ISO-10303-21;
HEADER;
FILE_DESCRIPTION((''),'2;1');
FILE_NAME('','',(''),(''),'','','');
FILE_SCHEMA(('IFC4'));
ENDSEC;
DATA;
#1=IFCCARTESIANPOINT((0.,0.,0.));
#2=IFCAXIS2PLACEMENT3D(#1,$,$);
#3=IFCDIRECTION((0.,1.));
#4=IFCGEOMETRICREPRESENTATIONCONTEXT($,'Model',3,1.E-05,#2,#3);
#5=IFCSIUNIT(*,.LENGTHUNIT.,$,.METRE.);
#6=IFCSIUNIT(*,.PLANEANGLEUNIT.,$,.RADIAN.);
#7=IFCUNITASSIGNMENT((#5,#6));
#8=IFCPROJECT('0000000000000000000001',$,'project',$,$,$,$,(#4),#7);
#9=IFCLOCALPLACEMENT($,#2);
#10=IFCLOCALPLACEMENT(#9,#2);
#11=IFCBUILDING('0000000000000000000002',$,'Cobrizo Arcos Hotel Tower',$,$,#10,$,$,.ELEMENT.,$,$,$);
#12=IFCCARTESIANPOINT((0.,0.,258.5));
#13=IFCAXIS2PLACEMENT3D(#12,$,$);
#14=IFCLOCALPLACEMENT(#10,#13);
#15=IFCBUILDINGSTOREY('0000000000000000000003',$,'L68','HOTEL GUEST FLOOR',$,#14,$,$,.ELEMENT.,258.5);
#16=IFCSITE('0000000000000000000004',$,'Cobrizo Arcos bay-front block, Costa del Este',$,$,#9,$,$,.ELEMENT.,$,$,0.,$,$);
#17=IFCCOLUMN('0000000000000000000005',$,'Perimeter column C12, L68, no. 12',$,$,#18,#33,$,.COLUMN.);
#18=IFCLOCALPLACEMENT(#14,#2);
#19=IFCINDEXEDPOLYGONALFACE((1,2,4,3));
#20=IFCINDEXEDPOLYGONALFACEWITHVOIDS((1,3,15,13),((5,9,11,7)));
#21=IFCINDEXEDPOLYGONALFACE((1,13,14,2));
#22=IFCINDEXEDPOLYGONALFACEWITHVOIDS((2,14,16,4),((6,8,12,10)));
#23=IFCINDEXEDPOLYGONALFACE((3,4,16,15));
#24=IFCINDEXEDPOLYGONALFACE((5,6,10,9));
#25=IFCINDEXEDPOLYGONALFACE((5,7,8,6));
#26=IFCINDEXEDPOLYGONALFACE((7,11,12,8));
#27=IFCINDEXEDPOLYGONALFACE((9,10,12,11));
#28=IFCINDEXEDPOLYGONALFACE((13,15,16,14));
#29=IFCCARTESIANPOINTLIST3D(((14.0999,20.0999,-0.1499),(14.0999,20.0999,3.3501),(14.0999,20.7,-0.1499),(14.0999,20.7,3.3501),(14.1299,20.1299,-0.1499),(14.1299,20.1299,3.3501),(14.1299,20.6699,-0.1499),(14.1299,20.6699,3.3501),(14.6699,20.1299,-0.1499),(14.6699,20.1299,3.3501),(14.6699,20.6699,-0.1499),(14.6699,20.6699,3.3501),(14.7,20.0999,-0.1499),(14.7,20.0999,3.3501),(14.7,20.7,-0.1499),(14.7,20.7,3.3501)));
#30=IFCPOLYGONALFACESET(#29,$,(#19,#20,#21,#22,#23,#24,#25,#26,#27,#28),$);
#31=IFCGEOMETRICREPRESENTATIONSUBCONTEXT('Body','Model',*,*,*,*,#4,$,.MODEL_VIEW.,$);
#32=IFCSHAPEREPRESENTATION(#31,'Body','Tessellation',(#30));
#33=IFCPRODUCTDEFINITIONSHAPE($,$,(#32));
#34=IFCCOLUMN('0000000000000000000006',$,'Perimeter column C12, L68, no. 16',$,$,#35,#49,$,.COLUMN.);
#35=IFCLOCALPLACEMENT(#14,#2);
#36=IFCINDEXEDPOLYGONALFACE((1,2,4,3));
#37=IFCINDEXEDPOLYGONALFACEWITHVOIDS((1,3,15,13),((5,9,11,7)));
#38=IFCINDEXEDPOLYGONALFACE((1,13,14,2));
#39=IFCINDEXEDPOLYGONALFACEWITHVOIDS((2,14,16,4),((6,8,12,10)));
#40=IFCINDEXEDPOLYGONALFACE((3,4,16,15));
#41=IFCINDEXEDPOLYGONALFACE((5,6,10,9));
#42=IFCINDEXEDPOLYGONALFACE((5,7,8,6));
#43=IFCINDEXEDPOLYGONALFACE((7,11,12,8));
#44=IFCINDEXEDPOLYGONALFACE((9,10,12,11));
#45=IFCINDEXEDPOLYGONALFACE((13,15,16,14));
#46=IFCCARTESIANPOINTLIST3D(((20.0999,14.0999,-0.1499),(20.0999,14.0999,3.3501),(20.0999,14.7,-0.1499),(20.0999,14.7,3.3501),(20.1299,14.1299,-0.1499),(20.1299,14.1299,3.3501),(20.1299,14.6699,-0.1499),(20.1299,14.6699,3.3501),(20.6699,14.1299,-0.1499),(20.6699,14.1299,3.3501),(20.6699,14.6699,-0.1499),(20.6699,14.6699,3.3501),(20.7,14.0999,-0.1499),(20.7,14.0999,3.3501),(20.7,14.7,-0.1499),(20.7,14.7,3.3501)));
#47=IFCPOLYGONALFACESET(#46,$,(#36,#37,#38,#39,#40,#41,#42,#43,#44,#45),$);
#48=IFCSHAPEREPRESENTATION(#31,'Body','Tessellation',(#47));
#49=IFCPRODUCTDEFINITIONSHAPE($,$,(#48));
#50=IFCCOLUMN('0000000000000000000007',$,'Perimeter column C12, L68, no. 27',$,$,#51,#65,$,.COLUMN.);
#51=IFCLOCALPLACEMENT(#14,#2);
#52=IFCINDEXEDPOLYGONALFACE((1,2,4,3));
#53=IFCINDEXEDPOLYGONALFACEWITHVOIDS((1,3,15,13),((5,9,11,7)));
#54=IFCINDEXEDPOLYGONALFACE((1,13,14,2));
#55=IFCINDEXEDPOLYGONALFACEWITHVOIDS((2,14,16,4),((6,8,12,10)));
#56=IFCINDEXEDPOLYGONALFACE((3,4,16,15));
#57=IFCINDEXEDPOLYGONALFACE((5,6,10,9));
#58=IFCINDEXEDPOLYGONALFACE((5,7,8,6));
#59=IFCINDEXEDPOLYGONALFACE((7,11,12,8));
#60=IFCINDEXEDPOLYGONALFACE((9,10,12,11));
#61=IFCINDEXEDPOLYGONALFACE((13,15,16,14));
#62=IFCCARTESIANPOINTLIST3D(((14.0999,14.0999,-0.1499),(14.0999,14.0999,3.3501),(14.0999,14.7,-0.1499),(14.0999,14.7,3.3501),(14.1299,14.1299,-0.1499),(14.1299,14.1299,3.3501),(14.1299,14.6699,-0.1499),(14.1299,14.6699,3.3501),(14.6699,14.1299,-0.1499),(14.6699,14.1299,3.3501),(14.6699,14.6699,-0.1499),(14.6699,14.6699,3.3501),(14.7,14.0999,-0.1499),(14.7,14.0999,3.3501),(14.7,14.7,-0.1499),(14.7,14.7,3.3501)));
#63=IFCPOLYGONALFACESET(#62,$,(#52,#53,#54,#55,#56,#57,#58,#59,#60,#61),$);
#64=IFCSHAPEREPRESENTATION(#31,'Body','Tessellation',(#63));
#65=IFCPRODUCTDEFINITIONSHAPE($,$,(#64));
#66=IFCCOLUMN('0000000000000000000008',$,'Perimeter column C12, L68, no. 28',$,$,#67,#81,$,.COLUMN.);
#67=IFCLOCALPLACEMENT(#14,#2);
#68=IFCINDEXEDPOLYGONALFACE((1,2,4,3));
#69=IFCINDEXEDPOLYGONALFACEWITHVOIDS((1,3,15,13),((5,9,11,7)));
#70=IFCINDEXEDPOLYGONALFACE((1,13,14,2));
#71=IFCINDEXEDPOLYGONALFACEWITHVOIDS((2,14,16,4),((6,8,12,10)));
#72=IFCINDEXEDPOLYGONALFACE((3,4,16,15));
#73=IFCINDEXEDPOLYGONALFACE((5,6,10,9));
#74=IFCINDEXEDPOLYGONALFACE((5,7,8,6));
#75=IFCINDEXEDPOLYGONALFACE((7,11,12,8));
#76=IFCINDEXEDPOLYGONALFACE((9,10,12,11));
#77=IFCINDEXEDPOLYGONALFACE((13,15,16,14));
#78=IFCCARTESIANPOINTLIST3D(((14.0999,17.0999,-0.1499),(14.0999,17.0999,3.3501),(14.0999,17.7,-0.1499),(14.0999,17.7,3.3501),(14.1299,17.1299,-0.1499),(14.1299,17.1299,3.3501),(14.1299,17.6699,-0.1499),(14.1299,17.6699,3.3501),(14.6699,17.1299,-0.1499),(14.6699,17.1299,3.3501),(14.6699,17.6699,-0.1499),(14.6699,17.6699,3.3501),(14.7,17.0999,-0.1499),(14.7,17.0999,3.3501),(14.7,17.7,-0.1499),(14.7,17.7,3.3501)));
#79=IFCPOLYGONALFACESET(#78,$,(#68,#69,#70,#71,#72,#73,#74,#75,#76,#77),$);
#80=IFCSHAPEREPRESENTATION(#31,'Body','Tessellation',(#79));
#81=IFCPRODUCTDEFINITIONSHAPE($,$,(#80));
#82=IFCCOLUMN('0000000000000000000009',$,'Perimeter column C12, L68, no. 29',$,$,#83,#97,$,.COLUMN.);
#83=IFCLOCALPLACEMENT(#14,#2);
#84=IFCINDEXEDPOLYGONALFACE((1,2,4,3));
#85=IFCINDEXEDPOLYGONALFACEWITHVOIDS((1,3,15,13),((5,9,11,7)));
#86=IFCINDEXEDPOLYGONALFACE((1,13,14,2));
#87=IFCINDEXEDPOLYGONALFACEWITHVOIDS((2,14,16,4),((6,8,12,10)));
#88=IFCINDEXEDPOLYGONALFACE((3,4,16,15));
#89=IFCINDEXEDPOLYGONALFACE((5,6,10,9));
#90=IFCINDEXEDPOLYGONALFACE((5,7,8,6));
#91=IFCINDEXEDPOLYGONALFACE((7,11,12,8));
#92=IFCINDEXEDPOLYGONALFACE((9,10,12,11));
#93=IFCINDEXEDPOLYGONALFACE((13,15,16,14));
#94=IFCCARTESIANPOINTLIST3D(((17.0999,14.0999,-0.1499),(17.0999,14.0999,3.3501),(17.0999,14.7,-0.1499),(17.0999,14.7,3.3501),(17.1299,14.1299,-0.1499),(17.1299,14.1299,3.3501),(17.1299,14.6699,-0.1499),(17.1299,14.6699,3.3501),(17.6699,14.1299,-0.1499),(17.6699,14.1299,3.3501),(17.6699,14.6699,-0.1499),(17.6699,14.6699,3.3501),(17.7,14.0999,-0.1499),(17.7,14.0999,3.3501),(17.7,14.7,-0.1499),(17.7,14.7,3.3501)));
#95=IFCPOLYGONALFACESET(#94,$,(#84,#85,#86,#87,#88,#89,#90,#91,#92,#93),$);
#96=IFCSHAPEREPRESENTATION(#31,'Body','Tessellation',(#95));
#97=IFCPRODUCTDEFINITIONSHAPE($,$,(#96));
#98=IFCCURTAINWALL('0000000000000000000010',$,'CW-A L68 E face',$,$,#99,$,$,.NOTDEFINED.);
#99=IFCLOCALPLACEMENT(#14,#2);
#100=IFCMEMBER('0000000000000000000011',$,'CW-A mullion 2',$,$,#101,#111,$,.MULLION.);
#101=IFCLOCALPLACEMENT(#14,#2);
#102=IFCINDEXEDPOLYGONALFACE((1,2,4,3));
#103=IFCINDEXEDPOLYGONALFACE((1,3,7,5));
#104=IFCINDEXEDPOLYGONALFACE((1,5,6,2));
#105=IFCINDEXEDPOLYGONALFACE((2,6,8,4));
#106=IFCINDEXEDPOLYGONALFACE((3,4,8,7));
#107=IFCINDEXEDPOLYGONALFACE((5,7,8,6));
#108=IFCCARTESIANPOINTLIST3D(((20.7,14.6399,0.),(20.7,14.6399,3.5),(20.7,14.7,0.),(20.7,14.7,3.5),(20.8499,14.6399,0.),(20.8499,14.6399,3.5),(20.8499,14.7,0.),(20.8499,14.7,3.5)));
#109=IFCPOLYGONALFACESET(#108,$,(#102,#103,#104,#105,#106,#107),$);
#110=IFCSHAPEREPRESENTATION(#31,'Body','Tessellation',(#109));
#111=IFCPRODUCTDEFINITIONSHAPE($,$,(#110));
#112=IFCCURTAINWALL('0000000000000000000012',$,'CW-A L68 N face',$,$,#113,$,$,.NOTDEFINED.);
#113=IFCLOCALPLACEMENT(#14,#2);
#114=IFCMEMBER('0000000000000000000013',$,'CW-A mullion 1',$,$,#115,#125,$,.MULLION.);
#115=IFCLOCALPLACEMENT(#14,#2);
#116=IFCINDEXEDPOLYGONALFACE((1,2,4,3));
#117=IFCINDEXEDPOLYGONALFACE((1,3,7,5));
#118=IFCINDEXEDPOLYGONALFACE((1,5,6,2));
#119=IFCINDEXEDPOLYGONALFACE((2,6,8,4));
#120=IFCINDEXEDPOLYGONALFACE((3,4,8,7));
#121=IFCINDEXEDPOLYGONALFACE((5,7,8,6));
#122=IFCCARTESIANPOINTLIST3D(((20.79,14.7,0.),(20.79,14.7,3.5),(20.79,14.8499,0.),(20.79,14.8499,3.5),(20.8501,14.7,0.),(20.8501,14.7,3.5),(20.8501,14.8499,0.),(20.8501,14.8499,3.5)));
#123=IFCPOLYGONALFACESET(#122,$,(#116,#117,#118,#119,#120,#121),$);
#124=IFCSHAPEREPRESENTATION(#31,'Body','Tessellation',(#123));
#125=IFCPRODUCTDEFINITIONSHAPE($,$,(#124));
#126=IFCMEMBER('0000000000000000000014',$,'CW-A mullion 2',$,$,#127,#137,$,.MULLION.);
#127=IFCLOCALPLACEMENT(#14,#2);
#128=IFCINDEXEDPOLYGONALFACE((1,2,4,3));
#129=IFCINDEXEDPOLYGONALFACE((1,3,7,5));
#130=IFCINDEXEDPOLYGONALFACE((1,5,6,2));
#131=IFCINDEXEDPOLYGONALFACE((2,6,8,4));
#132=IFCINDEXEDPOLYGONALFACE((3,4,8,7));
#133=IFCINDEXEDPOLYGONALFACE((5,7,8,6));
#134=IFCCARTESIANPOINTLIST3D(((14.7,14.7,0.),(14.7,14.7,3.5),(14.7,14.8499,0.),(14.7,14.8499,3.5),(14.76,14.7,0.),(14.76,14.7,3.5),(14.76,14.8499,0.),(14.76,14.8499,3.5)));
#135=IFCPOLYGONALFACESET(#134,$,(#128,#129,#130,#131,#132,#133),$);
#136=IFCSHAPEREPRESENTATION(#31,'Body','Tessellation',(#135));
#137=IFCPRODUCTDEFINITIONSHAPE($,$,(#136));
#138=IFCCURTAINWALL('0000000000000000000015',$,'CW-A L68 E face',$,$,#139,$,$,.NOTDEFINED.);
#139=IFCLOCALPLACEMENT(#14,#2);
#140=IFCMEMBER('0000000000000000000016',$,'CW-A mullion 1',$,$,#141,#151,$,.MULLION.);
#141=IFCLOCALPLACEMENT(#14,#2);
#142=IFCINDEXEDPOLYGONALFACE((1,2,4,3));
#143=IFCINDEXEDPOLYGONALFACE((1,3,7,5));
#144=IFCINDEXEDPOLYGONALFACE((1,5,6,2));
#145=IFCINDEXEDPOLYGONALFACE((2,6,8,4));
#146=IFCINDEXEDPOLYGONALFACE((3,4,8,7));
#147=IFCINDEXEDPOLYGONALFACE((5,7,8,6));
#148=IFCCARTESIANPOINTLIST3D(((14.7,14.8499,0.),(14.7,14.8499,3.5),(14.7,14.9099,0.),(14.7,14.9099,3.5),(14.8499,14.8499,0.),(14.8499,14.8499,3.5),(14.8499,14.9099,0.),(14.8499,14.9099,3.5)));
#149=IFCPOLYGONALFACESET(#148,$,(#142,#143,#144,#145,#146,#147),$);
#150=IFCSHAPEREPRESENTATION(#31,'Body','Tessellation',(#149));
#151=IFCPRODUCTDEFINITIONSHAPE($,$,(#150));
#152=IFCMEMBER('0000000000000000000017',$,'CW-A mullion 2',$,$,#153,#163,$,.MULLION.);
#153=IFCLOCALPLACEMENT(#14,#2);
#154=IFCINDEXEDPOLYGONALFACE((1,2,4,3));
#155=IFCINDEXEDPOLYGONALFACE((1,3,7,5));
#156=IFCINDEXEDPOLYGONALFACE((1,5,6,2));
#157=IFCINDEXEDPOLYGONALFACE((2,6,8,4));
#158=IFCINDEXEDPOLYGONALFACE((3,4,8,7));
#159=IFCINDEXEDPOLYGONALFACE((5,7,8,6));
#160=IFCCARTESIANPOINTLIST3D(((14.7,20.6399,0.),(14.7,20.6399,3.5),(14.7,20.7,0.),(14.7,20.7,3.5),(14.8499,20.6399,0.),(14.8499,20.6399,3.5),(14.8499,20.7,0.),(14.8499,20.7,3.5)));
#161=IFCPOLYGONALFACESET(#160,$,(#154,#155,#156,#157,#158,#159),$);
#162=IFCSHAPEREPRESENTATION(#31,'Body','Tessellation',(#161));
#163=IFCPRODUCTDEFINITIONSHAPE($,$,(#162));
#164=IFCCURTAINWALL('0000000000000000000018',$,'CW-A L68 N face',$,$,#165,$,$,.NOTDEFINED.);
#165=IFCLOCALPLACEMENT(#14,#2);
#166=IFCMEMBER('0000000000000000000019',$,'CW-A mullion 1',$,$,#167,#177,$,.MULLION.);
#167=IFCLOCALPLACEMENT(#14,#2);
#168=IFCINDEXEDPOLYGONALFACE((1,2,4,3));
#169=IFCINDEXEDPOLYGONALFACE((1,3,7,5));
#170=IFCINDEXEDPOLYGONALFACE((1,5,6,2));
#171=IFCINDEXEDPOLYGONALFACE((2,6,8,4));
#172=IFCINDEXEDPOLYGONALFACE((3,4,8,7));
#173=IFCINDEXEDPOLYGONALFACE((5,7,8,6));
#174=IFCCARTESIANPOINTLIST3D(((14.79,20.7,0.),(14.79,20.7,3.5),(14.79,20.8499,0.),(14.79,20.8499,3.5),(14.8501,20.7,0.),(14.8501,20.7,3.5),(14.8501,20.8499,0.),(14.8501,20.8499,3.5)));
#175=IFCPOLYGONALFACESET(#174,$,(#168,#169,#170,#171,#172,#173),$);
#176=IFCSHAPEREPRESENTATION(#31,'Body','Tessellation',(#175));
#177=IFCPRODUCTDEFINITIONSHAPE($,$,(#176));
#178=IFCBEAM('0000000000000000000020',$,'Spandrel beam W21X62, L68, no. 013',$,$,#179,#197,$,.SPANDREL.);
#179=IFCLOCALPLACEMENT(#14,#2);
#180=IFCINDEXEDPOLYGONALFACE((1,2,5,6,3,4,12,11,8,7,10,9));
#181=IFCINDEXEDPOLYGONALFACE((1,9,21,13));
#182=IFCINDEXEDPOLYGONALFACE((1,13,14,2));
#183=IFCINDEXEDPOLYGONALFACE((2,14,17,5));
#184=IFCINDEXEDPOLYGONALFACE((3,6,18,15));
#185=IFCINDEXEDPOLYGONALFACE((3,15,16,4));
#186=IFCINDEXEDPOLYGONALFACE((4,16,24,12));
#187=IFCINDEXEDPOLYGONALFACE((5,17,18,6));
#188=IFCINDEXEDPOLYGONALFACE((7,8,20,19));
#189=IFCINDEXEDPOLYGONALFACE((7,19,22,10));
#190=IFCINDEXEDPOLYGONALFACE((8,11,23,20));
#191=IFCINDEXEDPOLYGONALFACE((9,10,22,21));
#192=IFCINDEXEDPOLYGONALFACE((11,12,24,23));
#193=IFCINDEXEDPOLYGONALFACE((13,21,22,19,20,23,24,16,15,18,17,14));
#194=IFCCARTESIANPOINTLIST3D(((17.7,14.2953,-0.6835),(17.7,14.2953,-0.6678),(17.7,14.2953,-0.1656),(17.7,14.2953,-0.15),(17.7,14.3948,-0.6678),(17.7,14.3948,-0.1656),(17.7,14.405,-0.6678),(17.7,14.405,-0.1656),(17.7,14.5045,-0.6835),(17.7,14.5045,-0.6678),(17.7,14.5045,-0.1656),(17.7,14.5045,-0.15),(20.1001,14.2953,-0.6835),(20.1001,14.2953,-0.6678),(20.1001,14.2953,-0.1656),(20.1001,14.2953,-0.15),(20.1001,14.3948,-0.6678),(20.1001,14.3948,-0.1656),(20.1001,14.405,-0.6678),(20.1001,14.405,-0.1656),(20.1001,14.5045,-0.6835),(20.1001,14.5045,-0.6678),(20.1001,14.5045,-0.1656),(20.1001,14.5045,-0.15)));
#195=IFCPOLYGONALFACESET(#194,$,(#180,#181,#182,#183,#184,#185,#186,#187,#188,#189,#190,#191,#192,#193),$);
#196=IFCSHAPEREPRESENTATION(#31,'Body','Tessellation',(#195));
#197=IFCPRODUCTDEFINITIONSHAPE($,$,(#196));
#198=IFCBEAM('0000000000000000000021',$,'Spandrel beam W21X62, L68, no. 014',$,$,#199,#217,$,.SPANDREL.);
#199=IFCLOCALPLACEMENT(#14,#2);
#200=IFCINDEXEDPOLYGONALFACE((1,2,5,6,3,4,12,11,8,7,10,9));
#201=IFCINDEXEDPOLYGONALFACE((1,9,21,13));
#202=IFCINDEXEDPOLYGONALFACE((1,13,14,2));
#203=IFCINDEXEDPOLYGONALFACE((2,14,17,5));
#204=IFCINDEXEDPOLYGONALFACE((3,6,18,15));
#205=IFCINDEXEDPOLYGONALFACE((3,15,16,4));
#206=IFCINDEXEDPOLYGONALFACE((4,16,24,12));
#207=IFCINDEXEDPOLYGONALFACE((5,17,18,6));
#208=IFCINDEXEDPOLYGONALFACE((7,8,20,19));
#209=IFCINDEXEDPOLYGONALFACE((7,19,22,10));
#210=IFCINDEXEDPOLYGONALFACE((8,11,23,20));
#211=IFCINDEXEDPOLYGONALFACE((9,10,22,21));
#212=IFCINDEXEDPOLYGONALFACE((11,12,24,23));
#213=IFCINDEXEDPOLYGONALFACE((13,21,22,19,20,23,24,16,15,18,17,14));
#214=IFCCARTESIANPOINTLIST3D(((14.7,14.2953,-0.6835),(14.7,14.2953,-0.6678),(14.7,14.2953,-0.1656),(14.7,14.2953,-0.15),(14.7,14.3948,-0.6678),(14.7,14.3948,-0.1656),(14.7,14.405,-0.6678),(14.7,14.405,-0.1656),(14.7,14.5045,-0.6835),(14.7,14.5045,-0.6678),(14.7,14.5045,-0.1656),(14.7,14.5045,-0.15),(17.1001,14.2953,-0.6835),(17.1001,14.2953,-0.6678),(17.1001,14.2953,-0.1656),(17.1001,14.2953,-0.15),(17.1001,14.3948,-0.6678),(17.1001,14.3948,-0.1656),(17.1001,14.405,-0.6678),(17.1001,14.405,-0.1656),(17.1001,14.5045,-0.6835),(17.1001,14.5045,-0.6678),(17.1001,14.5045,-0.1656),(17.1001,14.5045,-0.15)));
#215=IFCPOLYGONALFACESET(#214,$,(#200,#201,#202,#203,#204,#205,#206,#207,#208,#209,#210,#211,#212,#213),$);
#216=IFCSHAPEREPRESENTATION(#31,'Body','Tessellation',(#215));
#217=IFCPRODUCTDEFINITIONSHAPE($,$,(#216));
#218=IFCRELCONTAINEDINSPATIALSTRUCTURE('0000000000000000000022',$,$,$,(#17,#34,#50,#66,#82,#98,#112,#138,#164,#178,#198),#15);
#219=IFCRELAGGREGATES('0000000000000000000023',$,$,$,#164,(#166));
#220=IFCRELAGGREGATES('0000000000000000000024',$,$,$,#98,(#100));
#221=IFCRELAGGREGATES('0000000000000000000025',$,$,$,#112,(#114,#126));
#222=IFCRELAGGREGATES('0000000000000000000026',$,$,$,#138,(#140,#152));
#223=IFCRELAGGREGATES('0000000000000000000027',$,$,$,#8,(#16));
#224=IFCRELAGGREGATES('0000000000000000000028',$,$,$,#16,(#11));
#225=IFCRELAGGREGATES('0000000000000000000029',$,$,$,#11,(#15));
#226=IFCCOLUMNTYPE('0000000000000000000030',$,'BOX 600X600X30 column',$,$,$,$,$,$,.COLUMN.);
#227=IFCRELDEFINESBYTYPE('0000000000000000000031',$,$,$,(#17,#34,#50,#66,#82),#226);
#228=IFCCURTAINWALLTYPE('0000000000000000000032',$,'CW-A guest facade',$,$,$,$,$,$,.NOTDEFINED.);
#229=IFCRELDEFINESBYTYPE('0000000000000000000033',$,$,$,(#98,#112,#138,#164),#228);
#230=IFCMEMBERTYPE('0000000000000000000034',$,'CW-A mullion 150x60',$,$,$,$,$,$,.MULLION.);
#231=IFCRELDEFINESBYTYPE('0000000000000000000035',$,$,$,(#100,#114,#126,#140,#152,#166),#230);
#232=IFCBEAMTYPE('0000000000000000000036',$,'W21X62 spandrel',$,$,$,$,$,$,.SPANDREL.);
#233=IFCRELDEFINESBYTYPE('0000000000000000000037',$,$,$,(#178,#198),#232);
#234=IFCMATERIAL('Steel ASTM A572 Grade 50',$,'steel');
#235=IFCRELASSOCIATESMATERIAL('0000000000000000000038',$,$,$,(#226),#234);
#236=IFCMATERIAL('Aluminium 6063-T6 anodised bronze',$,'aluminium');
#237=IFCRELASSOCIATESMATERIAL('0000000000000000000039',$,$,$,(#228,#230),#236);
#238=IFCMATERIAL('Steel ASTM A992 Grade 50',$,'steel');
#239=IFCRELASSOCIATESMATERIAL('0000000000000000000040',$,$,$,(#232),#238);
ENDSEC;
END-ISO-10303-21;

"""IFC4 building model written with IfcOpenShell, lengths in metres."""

from ifc_helpers import new_model, si_unit, direction, frame, origin, origin_2d, place, context, subcontext, project, spatial, rectangle, hollow_rectangle, i_section, extrude, material, material_profile, profile_set, type_object, element, aggregate, save


model = new_model("IFC4")

# Units and contexts
model_context = context("Model", 3, precision=1e-05, world=origin(), true_north=direction((0.0, 1.0)))
body_context = subcontext(model_context, "Body", "Model", "MODEL_VIEW")
ifc_project = project(units=[si_unit("LENGTHUNIT", "METRE"), si_unit("PLANEANGLEUNIT", "RADIAN")], contexts=[model_context])

# Site, building, storey
site_placement = place(None, origin())
site = spatial("IfcSite", under=ifc_project, at=site_placement, Name="Cobrizo Arcos bay-front block, Costa del Este", CompositionType="ELEMENT", RefElevation=0.0)
building_placement = place(site_placement, origin())
building = spatial("IfcBuilding", under=site, at=building_placement, Name="Cobrizo Arcos Hotel Tower", CompositionType="ELEMENT")
storey_placement = place(building_placement, frame((0.0, 0.0, 258.5)))
storey = spatial("IfcBuildingStorey", under=building, at=storey_placement, Name="L68", Description="HOTEL GUEST FLOOR", CompositionType="ELEMENT", Elevation=258.5)

# Columns
ifc_material_1 = material(Name="Steel ASTM A572 Grade 50", Category="steel")
ifc_material_profile_1 = material_profile(ifc_material_1, hollow_rectangle(XDim=0.6001, YDim=0.6001, WallThickness=0.03, at=origin_2d()), Name="BOX 600X600X30")
ifc_profile_set_1 = profile_set([ifc_material_profile_1], Name="Steel ASTM A572 Grade 50")
column_type = type_object("IfcColumnType", Name="BOX 600X600X30 column", PredefinedType="COLUMN", material=ifc_profile_set_1)
for number, where, z_axis, x_axis, name in (
    (1, (14.3999, 20.3999, -0.1499), (0.0, 0.0, 1.0), (1.0, 0.0, 0.0), "Perimeter column C12, L68, no. 12"),
    (2, (20.3999, 14.3999, -0.1499), (0.0, 0.0, 1.0), (1.0, 0.0, 0.0), "Perimeter column C12, L68, no. 16"),
    (3, (14.3999, 14.3999, -0.1499), (0.0, 0.0, 1.0), (1.0, 0.0, 0.0), "Perimeter column C12, L68, no. 27"),
    (4, (14.3999, 17.3999, -0.1499), (0.0, 0.0, 1.0), (1.0, 0.0, 0.0), "Perimeter column C12, L68, no. 28"),
    (5, (17.3999, 14.3999, -0.1499), (0.0, 0.0, 1.0), (1.0, 0.0, 0.0), "Perimeter column C12, L68, no. 29"),
):
    element("IfcColumn", number, at=place(storey_placement, frame(where, z_axis=z_axis, x_axis=x_axis)), inside=storey, type_object=column_type, Name=name, PredefinedType="COLUMN", context=body_context, shape_type="SweptSolid", body=[
        extrude(hollow_rectangle(XDim=0.6001, YDim=0.6001, WallThickness=0.03, at=origin_2d()), origin(), (0.0, 0.0, 1.0), 3.5),
    ])

# Curtain wall, member
ifc_material_2 = material(Name="Aluminium 6063-T6 anodised bronze", Category="aluminium")
curtain_wall_type = type_object("IfcCurtainWallType", Name="CW-A guest facade", PredefinedType="NOTDEFINED", material=ifc_material_2)
curtain_wall_1_placement = place(storey_placement, origin())
curtain_wall_1 = element("IfcCurtainWall", 6, at=curtain_wall_1_placement, inside=storey, type_object=curtain_wall_type, Name="CW-A L68 E face", PredefinedType="NOTDEFINED")
ifc_material_profile_2 = material_profile(ifc_material_2, rectangle(XDim=0.1499, YDim=0.0601, at=origin_2d()), Name="CW-A mullion 150x60")
ifc_profile_set_2 = profile_set([ifc_material_profile_2], Name="Aluminium 6063-T6 anodised bronze")
member_type = type_object("IfcMemberType", Name="CW-A mullion 150x60", PredefinedType="MULLION", material=ifc_profile_set_2)
member_1_placement = place(storey_placement, frame((20.7749, 14.6699, 0.0), z_axis=(0.0, 0.0, 1.0), x_axis=(1.0, 0.0, 0.0)))
member_1 = element("IfcMember", 7, at=member_1_placement, type_object=member_type, Name="CW-A mullion 2", PredefinedType="MULLION", context=body_context, shape_type="SweptSolid", body=[
    extrude(rectangle(XDim=0.1499, YDim=0.0601, at=origin_2d()), origin(), (0.0, 0.0, 1.0), 3.5),
])

# Curtain walls, members
curtain_wall_2_placement = place(storey_placement, origin())
curtain_wall_2 = element("IfcCurtainWall", 8, at=curtain_wall_2_placement, inside=storey, type_object=curtain_wall_type, Name="CW-A L68 N face", PredefinedType="NOTDEFINED")
member_2_placement = place(storey_placement, frame((20.8201, 14.7749, 0.0), z_axis=(0.0, 0.0, 1.0), x_axis=(0.0, 1.0, 0.0)))
member_2 = element("IfcMember", 9, at=member_2_placement, type_object=member_type, Name="CW-A mullion 1", PredefinedType="MULLION", context=body_context, shape_type="SweptSolid", body=[
    extrude(rectangle(XDim=0.1499, YDim=0.0601, at=origin_2d()), origin(), (0.0, 0.0, 1.0), 3.5),
])
member_3_placement = place(storey_placement, frame((14.73, 14.7749, 0.0), z_axis=(0.0, 0.0, 1.0), x_axis=(0.0, 1.0, 0.0)))
member_3 = element("IfcMember", 10, at=member_3_placement, type_object=member_type, Name="CW-A mullion 2", PredefinedType="MULLION", context=body_context, shape_type="SweptSolid", body=[
    extrude(rectangle(XDim=0.1499, YDim=0.0601, at=origin_2d()), origin(), (0.0, 0.0, 1.0), 3.5),
])
curtain_wall_3_placement = place(storey_placement, origin())
curtain_wall_3 = element("IfcCurtainWall", 11, at=curtain_wall_3_placement, inside=storey, type_object=curtain_wall_type, Name="CW-A L68 E face", PredefinedType="NOTDEFINED")
member_4_placement = place(storey_placement, frame((14.7749, 14.8799, 0.0), z_axis=(0.0, 0.0, 1.0), x_axis=(1.0, 0.0, 0.0)))
member_4 = element("IfcMember", 12, at=member_4_placement, type_object=member_type, Name="CW-A mullion 1", PredefinedType="MULLION", context=body_context, shape_type="SweptSolid", body=[
    extrude(rectangle(XDim=0.1499, YDim=0.0601, at=origin_2d()), origin(), (0.0, 0.0, 1.0), 3.5),
])
member_5_placement = place(storey_placement, frame((14.7749, 20.6699, 0.0), z_axis=(0.0, 0.0, 1.0), x_axis=(1.0, 0.0, 0.0)))
member_5 = element("IfcMember", 13, at=member_5_placement, type_object=member_type, Name="CW-A mullion 2", PredefinedType="MULLION", context=body_context, shape_type="SweptSolid", body=[
    extrude(rectangle(XDim=0.1499, YDim=0.0601, at=origin_2d()), origin(), (0.0, 0.0, 1.0), 3.5),
])

# Curtain wall, member
curtain_wall_4_placement = place(storey_placement, origin())
curtain_wall_4 = element("IfcCurtainWall", 14, at=curtain_wall_4_placement, inside=storey, type_object=curtain_wall_type, Name="CW-A L68 N face", PredefinedType="NOTDEFINED")
member_6_placement = place(storey_placement, frame((14.8201, 20.7749, 0.0), z_axis=(0.0, 0.0, 1.0), x_axis=(0.0, 1.0, 0.0)))
member_6 = element("IfcMember", 15, at=member_6_placement, type_object=member_type, Name="CW-A mullion 1", PredefinedType="MULLION", context=body_context, shape_type="SweptSolid", body=[
    extrude(rectangle(XDim=0.1499, YDim=0.0601, at=origin_2d()), origin(), (0.0, 0.0, 1.0), 3.5),
])
aggregate(curtain_wall_4, [member_6])

# Beams
ifc_material_3 = material(Name="Steel ASTM A992 Grade 50", Category="steel")
ifc_material_profile_3 = material_profile(ifc_material_3, i_section(OverallWidth=0.2092, OverallDepth=0.5334, WebThickness=0.0103, FlangeThickness=0.0156, at=origin_2d()), Name="W21X62")
ifc_profile_set_3 = profile_set([ifc_material_profile_3], Name="Steel ASTM A992 Grade 50")
beam_type = type_object("IfcBeamType", Name="W21X62 spandrel", PredefinedType="SPANDREL", material=ifc_profile_set_3)
for number, where, z_axis, x_axis, name in (
    (16, (20.1001, 14.3999, -0.4167), (-1.0, 0.0, 0.0), (0.0, -1.0, 0.0), "Spandrel beam W21X62, L68, no. 013"),
    (17, (17.1001, 14.3999, -0.4167), (-1.0, 0.0, 0.0), (0.0, -1.0, 0.0), "Spandrel beam W21X62, L68, no. 014"),
):
    element("IfcBeam", number, at=place(storey_placement, frame(where, z_axis=z_axis, x_axis=x_axis)), inside=storey, type_object=beam_type, Name=name, PredefinedType="SPANDREL", context=body_context, shape_type="SweptSolid", body=[
        extrude(i_section(OverallWidth=0.2092, OverallDepth=0.5334, WebThickness=0.0103, FlangeThickness=0.0156, at=origin_2d()), origin(), (0.0, 0.0, 1.0), 2.4001),
    ])

aggregate(curtain_wall_1, [member_1])
aggregate(curtain_wall_2, [member_2, member_3])
aggregate(curtain_wall_3, [member_4, member_5])

save(model, "model.ifc")
